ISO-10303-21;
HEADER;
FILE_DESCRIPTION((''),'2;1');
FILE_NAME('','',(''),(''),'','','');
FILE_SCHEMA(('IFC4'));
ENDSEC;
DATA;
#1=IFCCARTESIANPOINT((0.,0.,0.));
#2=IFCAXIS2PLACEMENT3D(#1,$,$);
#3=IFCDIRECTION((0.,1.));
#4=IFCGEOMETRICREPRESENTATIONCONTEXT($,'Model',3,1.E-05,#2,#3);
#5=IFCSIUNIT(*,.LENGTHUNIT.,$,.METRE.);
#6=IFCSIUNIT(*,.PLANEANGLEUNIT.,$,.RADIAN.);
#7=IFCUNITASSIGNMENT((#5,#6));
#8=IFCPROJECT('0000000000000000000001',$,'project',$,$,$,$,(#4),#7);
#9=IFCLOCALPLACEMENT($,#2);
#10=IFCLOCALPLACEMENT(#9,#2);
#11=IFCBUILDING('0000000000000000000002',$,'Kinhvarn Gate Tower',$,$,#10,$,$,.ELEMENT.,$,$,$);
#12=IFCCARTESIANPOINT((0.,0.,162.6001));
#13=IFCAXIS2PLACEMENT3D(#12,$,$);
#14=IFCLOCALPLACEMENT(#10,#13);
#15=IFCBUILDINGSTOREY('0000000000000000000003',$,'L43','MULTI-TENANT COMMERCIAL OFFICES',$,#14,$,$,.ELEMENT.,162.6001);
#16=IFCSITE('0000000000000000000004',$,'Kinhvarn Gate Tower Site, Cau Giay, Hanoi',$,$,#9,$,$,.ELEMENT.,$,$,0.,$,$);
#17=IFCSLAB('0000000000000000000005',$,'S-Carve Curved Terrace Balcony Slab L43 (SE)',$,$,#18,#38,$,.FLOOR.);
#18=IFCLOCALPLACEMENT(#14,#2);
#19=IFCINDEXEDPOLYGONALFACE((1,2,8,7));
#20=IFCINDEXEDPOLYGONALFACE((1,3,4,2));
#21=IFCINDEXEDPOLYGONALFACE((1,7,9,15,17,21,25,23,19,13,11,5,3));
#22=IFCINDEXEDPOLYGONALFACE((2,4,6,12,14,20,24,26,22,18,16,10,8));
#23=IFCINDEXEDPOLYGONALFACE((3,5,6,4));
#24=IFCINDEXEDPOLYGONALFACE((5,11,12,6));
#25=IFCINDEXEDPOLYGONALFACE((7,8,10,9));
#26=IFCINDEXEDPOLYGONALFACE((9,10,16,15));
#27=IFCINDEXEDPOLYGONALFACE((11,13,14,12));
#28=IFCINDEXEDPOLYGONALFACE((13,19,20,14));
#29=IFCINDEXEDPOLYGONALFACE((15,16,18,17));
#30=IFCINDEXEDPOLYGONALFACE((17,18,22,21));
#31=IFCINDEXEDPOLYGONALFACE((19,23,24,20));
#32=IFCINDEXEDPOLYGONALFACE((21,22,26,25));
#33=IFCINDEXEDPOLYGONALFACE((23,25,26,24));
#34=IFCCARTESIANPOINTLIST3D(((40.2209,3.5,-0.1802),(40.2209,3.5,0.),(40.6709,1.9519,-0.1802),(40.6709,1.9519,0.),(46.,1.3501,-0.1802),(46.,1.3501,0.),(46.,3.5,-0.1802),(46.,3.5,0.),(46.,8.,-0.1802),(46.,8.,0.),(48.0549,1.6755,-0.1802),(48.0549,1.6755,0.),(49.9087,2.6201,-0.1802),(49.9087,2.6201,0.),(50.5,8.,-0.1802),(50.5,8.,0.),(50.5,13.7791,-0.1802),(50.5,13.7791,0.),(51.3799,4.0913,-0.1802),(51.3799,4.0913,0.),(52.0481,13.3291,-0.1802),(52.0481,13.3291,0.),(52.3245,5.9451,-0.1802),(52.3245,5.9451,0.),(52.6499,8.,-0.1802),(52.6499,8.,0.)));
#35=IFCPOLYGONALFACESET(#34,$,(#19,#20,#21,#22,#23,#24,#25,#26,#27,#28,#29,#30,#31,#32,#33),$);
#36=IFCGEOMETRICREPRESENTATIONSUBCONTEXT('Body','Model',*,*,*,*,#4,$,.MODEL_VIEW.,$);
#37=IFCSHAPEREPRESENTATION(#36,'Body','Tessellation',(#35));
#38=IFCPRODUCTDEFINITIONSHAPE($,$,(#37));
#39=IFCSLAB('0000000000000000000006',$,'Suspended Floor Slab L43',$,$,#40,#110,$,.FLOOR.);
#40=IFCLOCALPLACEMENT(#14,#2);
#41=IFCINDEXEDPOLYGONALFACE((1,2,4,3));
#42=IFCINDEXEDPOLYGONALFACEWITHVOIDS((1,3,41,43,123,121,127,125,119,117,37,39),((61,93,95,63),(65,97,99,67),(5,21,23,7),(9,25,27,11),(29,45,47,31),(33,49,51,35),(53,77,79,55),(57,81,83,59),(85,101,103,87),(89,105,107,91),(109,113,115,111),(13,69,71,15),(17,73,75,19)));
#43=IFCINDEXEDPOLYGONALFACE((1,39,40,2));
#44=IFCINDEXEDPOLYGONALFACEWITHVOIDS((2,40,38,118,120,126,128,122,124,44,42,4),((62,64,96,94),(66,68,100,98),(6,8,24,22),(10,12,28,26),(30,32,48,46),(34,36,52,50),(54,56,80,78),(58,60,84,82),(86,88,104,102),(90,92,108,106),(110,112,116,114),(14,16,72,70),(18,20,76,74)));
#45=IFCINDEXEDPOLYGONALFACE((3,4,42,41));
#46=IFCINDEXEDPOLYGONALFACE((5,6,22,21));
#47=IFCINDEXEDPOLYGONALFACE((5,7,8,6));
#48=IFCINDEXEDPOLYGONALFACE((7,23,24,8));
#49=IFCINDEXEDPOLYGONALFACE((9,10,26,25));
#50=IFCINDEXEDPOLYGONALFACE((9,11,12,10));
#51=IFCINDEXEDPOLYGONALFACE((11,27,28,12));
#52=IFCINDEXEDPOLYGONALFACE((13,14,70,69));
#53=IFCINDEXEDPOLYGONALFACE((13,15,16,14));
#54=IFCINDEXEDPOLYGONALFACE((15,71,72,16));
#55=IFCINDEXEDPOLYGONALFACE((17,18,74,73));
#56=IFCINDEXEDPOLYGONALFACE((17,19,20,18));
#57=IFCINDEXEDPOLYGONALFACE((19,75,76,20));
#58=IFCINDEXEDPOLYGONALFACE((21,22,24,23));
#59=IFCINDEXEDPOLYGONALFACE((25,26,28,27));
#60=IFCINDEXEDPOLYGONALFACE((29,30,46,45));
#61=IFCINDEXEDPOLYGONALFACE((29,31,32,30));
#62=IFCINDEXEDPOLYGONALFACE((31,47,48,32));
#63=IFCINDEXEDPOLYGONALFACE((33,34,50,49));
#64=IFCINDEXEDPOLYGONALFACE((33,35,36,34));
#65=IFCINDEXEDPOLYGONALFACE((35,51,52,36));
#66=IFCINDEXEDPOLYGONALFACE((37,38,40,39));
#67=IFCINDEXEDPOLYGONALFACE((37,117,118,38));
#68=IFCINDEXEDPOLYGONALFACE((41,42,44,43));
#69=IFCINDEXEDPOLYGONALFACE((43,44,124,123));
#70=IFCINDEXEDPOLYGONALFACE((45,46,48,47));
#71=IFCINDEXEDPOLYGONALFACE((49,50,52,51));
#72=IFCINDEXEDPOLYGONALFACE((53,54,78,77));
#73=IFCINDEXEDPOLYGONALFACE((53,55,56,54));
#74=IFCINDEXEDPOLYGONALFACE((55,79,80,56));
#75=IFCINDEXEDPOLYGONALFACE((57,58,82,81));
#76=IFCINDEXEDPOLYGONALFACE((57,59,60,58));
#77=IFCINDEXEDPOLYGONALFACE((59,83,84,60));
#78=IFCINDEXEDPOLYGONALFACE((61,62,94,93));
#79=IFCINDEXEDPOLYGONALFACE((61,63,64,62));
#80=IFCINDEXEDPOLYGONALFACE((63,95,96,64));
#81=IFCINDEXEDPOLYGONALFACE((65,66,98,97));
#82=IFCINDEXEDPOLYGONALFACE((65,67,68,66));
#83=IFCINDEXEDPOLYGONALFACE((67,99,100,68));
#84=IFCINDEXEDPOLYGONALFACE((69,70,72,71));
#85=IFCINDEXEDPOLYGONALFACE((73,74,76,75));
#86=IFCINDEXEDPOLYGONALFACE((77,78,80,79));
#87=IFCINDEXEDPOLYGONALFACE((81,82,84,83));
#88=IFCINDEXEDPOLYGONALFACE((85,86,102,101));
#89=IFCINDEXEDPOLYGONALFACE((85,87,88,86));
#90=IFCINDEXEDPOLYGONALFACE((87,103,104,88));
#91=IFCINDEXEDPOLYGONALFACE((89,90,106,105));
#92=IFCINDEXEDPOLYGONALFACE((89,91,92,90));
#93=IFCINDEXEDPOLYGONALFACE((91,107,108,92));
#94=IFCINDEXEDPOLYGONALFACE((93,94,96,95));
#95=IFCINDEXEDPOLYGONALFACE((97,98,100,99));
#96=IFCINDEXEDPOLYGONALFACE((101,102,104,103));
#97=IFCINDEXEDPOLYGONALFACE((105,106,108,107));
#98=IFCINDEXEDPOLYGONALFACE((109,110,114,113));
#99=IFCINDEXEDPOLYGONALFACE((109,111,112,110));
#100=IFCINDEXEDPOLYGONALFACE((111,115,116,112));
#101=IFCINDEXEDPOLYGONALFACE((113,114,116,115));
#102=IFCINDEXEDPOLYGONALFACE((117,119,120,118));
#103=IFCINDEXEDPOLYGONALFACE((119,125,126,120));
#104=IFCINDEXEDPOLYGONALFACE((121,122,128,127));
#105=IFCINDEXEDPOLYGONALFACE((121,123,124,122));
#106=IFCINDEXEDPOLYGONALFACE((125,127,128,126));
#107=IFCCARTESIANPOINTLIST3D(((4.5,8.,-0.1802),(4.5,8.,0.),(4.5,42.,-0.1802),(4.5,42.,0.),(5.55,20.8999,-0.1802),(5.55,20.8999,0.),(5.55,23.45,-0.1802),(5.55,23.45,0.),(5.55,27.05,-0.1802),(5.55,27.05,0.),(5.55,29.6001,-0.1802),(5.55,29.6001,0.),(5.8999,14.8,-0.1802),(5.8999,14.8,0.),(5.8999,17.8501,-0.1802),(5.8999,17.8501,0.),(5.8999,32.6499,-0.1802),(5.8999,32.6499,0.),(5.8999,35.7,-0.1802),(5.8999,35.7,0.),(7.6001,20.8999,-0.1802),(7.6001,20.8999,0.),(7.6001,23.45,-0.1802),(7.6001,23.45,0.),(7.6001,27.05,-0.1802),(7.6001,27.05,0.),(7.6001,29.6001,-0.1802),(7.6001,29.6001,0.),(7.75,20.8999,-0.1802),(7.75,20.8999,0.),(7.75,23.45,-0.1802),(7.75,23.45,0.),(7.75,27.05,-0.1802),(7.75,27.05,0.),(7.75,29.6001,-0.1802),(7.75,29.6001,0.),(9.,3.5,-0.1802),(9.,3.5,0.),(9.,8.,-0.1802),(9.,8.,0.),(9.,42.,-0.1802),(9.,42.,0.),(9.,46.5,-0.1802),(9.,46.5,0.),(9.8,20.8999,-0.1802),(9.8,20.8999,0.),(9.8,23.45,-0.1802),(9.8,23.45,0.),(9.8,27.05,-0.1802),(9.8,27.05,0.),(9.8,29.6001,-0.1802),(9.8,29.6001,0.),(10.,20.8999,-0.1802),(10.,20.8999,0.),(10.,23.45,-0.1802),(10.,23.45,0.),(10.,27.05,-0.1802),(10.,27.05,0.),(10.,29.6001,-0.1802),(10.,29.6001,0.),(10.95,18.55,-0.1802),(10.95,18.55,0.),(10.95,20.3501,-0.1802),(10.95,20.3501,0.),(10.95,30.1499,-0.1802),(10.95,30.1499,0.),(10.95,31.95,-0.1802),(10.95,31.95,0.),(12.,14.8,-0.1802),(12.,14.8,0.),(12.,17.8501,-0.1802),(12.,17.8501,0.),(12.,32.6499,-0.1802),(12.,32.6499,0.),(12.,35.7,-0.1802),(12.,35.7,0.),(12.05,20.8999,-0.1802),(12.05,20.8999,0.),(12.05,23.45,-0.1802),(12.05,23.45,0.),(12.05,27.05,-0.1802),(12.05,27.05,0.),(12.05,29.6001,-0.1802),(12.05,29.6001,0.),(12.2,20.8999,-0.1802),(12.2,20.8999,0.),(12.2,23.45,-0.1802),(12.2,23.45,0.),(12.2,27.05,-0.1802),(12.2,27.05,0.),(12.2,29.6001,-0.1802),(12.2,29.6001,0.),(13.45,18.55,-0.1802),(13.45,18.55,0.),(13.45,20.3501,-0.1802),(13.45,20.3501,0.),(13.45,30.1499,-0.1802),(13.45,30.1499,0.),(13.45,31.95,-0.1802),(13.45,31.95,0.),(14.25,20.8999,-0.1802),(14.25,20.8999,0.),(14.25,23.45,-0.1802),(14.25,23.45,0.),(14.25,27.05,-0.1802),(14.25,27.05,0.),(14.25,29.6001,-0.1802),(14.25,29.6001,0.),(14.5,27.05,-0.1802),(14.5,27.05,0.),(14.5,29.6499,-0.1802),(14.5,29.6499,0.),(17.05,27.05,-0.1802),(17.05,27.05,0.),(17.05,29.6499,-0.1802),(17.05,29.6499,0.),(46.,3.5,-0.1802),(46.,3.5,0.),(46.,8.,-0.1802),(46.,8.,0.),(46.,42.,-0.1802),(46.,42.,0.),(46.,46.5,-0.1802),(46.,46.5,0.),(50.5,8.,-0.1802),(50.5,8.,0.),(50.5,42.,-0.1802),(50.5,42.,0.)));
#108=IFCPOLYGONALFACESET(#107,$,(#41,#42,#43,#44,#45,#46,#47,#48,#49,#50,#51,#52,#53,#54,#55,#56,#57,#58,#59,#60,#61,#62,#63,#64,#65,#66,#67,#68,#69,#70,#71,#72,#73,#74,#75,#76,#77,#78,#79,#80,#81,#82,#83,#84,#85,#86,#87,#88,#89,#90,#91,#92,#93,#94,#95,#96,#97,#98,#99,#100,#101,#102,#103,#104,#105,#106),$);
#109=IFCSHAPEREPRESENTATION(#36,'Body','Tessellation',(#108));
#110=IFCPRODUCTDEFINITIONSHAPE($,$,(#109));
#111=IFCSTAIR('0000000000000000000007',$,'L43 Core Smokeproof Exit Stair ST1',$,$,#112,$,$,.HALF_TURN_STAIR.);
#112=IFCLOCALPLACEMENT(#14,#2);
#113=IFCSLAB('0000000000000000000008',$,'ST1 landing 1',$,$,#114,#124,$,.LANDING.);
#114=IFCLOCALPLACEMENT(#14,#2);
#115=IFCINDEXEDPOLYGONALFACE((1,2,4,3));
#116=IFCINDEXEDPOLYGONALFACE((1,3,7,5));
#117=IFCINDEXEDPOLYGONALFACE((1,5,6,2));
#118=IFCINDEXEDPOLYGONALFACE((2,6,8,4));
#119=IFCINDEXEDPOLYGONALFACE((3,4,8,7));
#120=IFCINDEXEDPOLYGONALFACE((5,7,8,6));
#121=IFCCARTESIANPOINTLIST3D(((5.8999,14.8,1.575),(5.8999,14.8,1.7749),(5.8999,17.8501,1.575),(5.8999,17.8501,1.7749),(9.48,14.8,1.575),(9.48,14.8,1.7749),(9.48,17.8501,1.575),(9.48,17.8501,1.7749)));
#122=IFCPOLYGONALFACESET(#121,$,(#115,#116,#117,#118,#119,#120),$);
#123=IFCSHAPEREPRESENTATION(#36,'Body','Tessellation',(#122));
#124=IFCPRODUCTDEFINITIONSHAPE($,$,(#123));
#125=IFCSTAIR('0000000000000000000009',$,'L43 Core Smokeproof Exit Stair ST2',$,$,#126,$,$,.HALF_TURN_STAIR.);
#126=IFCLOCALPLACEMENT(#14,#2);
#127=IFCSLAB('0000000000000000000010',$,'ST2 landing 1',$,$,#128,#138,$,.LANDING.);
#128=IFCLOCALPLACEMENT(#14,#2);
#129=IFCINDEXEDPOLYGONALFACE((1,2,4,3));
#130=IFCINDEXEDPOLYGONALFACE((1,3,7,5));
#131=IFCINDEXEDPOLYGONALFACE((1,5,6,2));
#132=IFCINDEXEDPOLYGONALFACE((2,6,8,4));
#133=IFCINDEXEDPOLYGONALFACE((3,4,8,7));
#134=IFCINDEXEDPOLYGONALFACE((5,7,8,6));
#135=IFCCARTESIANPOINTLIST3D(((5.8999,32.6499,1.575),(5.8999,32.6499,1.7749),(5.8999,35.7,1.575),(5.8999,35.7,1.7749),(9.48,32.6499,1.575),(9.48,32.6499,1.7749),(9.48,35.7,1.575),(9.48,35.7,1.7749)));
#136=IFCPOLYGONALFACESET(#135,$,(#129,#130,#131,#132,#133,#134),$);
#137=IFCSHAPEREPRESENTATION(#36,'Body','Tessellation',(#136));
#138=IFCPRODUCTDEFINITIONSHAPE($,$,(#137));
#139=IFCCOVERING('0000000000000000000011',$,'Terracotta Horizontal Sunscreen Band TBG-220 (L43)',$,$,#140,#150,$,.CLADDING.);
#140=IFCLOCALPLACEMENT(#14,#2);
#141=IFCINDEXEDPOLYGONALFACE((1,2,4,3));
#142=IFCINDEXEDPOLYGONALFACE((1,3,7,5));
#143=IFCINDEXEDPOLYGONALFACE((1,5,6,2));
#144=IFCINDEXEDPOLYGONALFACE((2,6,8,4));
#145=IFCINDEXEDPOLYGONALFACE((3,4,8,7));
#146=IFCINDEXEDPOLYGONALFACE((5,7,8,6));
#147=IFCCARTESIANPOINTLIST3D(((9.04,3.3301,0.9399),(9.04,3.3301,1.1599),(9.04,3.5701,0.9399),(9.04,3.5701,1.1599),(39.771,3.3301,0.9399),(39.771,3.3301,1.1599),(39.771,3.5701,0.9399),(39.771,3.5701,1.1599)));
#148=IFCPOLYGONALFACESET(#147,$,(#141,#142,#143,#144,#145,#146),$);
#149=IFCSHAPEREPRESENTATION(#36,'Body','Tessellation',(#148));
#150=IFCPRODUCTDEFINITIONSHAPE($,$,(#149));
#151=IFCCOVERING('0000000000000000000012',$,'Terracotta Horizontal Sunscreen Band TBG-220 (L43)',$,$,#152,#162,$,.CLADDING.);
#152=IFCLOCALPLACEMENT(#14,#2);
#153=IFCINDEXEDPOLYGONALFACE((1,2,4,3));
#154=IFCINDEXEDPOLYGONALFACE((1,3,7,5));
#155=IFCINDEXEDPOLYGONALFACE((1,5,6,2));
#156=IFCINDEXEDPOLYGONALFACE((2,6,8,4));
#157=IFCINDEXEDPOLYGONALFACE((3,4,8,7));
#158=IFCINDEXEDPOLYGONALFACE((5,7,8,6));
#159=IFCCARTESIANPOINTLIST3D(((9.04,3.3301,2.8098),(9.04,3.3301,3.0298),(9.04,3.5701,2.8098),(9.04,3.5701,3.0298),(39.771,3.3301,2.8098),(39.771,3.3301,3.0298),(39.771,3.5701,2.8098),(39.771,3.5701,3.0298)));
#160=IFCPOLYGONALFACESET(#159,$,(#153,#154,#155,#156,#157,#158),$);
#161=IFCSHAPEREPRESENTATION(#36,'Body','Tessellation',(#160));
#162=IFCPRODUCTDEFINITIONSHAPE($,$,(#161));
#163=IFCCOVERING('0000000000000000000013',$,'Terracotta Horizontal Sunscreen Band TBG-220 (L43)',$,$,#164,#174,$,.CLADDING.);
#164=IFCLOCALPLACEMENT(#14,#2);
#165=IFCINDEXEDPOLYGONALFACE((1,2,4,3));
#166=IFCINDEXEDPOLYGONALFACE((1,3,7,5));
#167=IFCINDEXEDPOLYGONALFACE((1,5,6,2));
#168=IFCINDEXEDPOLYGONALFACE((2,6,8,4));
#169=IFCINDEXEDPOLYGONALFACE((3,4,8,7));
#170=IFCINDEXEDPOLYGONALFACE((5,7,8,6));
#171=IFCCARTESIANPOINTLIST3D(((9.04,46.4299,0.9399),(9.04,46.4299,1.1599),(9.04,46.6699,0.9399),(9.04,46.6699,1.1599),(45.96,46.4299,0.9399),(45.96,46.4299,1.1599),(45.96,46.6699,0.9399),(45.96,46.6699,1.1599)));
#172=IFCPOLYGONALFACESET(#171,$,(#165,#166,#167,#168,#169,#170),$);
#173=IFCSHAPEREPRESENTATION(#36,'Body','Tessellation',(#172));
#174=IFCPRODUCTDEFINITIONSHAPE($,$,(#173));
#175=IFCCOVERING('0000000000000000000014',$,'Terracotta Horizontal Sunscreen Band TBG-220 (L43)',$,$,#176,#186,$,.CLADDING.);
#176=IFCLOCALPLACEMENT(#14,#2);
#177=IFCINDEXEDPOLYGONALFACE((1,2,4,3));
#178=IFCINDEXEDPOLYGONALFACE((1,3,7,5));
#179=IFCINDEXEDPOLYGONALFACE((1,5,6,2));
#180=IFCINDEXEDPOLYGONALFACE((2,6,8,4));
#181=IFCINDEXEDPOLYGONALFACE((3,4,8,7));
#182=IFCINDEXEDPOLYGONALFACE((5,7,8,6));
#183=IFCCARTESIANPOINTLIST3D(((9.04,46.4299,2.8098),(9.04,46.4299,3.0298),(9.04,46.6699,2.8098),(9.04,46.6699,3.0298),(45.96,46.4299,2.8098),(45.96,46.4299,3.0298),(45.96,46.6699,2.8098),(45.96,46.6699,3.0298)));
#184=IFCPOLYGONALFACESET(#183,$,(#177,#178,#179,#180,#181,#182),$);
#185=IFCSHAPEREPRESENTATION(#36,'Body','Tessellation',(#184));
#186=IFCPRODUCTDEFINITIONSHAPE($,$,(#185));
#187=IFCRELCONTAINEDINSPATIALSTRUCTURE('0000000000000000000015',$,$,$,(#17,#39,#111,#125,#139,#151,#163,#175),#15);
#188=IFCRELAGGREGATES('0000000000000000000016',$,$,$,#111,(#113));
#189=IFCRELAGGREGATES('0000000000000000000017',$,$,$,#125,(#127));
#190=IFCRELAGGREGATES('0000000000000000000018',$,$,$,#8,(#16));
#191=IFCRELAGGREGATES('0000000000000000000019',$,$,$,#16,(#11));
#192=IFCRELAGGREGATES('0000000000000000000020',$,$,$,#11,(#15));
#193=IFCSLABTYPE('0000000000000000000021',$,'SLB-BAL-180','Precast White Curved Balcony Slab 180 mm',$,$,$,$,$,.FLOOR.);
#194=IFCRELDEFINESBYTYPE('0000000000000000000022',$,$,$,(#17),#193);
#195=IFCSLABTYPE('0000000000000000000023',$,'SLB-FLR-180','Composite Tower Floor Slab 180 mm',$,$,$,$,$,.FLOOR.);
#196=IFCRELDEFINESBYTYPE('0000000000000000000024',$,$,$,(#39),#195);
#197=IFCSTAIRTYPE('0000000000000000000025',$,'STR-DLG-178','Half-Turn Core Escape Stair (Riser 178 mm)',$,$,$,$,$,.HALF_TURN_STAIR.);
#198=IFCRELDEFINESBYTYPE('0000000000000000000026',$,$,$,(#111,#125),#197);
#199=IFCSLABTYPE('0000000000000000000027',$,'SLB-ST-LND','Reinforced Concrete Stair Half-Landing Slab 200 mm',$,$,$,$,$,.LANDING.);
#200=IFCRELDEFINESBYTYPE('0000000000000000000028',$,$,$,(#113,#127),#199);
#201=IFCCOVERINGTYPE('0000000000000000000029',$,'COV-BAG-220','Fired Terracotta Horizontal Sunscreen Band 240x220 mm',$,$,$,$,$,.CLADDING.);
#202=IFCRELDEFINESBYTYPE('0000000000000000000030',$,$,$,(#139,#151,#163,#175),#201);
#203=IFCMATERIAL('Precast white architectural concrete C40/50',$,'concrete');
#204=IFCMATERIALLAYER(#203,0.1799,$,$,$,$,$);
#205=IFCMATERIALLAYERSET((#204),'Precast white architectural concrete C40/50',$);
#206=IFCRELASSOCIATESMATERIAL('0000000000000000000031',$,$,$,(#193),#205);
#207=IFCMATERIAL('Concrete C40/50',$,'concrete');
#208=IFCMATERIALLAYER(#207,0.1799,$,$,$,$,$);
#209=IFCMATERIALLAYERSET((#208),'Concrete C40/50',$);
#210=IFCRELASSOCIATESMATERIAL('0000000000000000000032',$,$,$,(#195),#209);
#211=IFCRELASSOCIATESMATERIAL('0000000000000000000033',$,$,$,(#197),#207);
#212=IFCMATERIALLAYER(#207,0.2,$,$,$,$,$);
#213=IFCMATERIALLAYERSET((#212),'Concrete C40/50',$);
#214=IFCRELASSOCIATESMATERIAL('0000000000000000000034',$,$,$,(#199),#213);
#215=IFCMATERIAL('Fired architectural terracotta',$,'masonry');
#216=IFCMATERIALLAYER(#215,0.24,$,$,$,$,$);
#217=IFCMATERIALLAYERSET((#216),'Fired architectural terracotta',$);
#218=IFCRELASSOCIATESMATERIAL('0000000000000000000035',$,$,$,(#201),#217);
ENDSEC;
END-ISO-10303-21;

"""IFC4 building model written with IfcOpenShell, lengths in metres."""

from ifc_helpers import new_model, si_unit, direction, frame, origin, place, context, subcontext, project, spatial, polyline, outline, extrude, material, layer, layer_set, type_object, element, aggregate, save


model = new_model("IFC4")

# Units and contexts
model_context = context("Model", 3, precision=1e-05, world=origin(), true_north=direction((0.0, 1.0)))
body_context = subcontext(model_context, "Body", "Model", "MODEL_VIEW")
ifc_project = project(units=[si_unit("LENGTHUNIT", "METRE"), si_unit("PLANEANGLEUNIT", "RADIAN")], contexts=[model_context])

# Site, building, storey
site_placement = place(None, origin())
site = spatial("IfcSite", under=ifc_project, at=site_placement, Name="Kinhvarn Gate Tower Site, Cau Giay, Hanoi", CompositionType="ELEMENT", RefElevation=0.0)
building_placement = place(site_placement, origin())
building = spatial("IfcBuilding", under=site, at=building_placement, Name="Kinhvarn Gate Tower", CompositionType="ELEMENT")
storey_placement = place(building_placement, frame((0.0, 0.0, 162.6001)))
storey = spatial("IfcBuildingStorey", under=building, at=storey_placement, Name="L43", Description="MULTI-TENANT COMMERCIAL OFFICES", CompositionType="ELEMENT", Elevation=162.6001)

# Slabs
ifc_material_1 = material(Name="Precast white architectural concrete C40/50", Category="concrete")
ifc_layer_1 = layer(ifc_material_1, 0.1799)
ifc_layer_set_1 = layer_set([ifc_layer_1], Name="Precast white architectural concrete C40/50")
slab_type_1 = type_object("IfcSlabType", Name="SLB-BAL-180", Description="Precast White Curved Balcony Slab 180 mm", PredefinedType="FLOOR", material=ifc_layer_set_1)
slab_1_placement = place(storey_placement, frame((0.0, 0.0, -0.1802)))
element("IfcSlab", 1, at=slab_1_placement, inside=storey, type_object=slab_type_1, Name="S-Carve Curved Terrace Balcony Slab L43 (SE)", PredefinedType="FLOOR", context=body_context, shape_type="SweptSolid", body=[
    extrude(outline(polyline([(40.2209, 3.5), (40.6709, 1.9519), (46.0, 1.3501), (48.0549, 1.6755), (49.9087, 2.6201), (51.3799, 4.0913), (52.3245, 5.9451), (52.6499, 8.0), (52.0481, 13.3291), (50.5, 13.7791), (50.5, 8.0), (46.0, 8.0), (46.0, 3.5), (40.2209, 3.5)])), origin(), (0.0, 0.0, 1.0), 0.1802),
])
ifc_material_2 = material(Name="Concrete C40/50", Category="concrete")
ifc_layer_2 = layer(ifc_material_2, 0.1799)
ifc_layer_set_2 = layer_set([ifc_layer_2], Name="Concrete C40/50")
slab_type_2 = type_object("IfcSlabType", Name="SLB-FLR-180", Description="Composite Tower Floor Slab 180 mm", PredefinedType="FLOOR", material=ifc_layer_set_2)
slab_2_placement = place(storey_placement, frame((0.0, 0.0, -0.1802)))
element("IfcSlab", 2, at=slab_2_placement, inside=storey, type_object=slab_type_2, Name="Suspended Floor Slab L43", PredefinedType="FLOOR", context=body_context, shape_type="SweptSolid", body=[
    extrude(outline(polyline([(9.0, 3.5), (46.0, 3.5), (46.0, 8.0), (50.5, 8.0), (50.5, 42.0), (46.0, 42.0), (46.0, 46.5), (9.0, 46.5), (9.0, 42.0), (4.5, 42.0), (4.5, 8.0), (9.0, 8.0), (9.0, 3.5)]), holes=[polyline([(5.8999, 14.8), (12.0, 14.8), (12.0, 17.8501), (5.8999, 17.8501), (5.8999, 14.8)]), polyline([(5.8999, 32.6499), (12.0, 32.6499), (12.0, 35.7), (5.8999, 35.7), (5.8999, 32.6499)]), polyline([(5.55, 20.8999), (7.6001, 20.8999), (7.6001, 23.45), (5.55, 23.45), (5.55, 20.8999)]), polyline([(7.75, 20.8999), (9.8, 20.8999), (9.8, 23.45), (7.75, 23.45), (7.75, 20.8999)]), polyline([(5.55, 27.05), (7.6001, 27.05), (7.6001, 29.6001), (5.55, 29.6001), (5.55, 27.05)]), polyline([(7.75, 27.05), (9.8, 27.05), (9.8, 29.6001), (7.75, 29.6001), (7.75, 27.05)]), polyline([(10.0, 20.8999), (12.05, 20.8999), (12.05, 23.45), (10.0, 23.45), (10.0, 20.8999)]), polyline([(12.2, 20.8999), (14.25, 20.8999), (14.25, 23.45), (12.2, 23.45), (12.2, 20.8999)]), polyline([(10.0, 27.05), (12.05, 27.05), (12.05, 29.6001), (10.0, 29.6001), (10.0, 27.05)]), polyline([(12.2, 27.05), (14.25, 27.05), (14.25, 29.6001), (12.2, 29.6001), (12.2, 27.05)]), polyline([(14.5, 27.05), (17.05, 27.05), (17.05, 29.6499), (14.5, 29.6499), (14.5, 27.05)]), polyline([(10.95, 18.55), (13.45, 18.55), (13.45, 20.3501), (10.95, 20.3501), (10.95, 18.55)]), polyline([(10.95, 30.1499), (13.45, 30.1499), (13.45, 31.95), (10.95, 31.95), (10.95, 30.1499)])]), origin(), (0.0, 0.0, 1.0), 0.1802),
])

# Stairs, slabs
stair_type = type_object("IfcStairType", Name="STR-DLG-178", Description="Half-Turn Core Escape Stair (Riser 178 mm)", PredefinedType="HALF_TURN_STAIR", material=ifc_material_2)
stair_1_placement = place(storey_placement, origin())
stair_1 = element("IfcStair", 3, at=stair_1_placement, inside=storey, type_object=stair_type, Name="L43 Core Smokeproof Exit Stair ST1", PredefinedType="HALF_TURN_STAIR")
ifc_layer_3 = layer(ifc_material_2, 0.2)
ifc_layer_set_3 = layer_set([ifc_layer_3], Name="Concrete C40/50")
slab_type_3 = type_object("IfcSlabType", Name="SLB-ST-LND", Description="Reinforced Concrete Stair Half-Landing Slab 200 mm", PredefinedType="LANDING", material=ifc_layer_set_3)
slab_3_placement = place(storey_placement, frame((0.0, 0.0, 1.575)))
slab_3 = element("IfcSlab", 4, at=slab_3_placement, type_object=slab_type_3, Name="ST1 landing 1", PredefinedType="LANDING", context=body_context, shape_type="SweptSolid", body=[
    extrude(outline(polyline([(9.48, 17.8501), (5.8999, 17.8501), (5.8999, 14.8), (9.48, 14.8), (9.48, 17.8501)])), origin(), (0.0, 0.0, 1.0), 0.2),
])
aggregate(stair_1, [slab_3])
stair_2_placement = place(storey_placement, origin())
stair_2 = element("IfcStair", 5, at=stair_2_placement, inside=storey, type_object=stair_type, Name="L43 Core Smokeproof Exit Stair ST2", PredefinedType="HALF_TURN_STAIR")
slab_4_placement = place(storey_placement, frame((0.0, 0.0, 1.575)))
slab_4 = element("IfcSlab", 6, at=slab_4_placement, type_object=slab_type_3, Name="ST2 landing 1", PredefinedType="LANDING", context=body_context, shape_type="SweptSolid", body=[
    extrude(outline(polyline([(9.48, 35.7), (5.8999, 35.7), (5.8999, 32.6499), (9.48, 32.6499), (9.48, 35.7)])), origin(), (0.0, 0.0, 1.0), 0.2),
])
aggregate(stair_2, [slab_4])

# Coverings
ifc_material_3 = material(Name="Fired architectural terracotta", Category="masonry")
ifc_layer_4 = layer(ifc_material_3, 0.24)
ifc_layer_set_4 = layer_set([ifc_layer_4], Name="Fired architectural terracotta")
covering_type_1 = type_object("IfcCoveringType", Name="COV-BAG-220", Description="Fired Terracotta Horizontal Sunscreen Band 240x220 mm", PredefinedType="CLADDING", material=ifc_layer_set_4)
for number, where, name in (
    (7, (0.0, 0.0, 0.9399), "Terracotta Horizontal Sunscreen Band TBG-220 (L43)"),
    (8, (0.0, 0.0, 2.8098), "Terracotta Horizontal Sunscreen Band TBG-220 (L43)"),
):
    element("IfcCovering", number, at=place(storey_placement, frame(where)), inside=storey, type_object=covering_type_1, Name=name, PredefinedType="CLADDING", context=body_context, shape_type="SweptSolid", body=[
        extrude(outline(polyline([(9.04, 3.5701), (39.771, 3.5701), (39.771, 3.3301), (9.04, 3.3301), (9.04, 3.5701)])), origin(), (0.0, 0.0, 1.0), 0.22),
    ])
for number, where, name in (
    (9, (0.0, 0.0, 0.9399), "Terracotta Horizontal Sunscreen Band TBG-220 (L43)"),
    (10, (0.0, 0.0, 2.8098), "Terracotta Horizontal Sunscreen Band TBG-220 (L43)"),
):
    element("IfcCovering", number, at=place(storey_placement, frame(where)), inside=storey, type_object=covering_type_1, Name=name, PredefinedType="CLADDING", context=body_context, shape_type="SweptSolid", body=[
        extrude(outline(polyline([(45.96, 46.4299), (9.04, 46.4299), (9.04, 46.6699), (45.96, 46.6699), (45.96, 46.4299)])), origin(), (0.0, 0.0, 1.0), 0.22),
    ])

save(model, "model.ifc")
